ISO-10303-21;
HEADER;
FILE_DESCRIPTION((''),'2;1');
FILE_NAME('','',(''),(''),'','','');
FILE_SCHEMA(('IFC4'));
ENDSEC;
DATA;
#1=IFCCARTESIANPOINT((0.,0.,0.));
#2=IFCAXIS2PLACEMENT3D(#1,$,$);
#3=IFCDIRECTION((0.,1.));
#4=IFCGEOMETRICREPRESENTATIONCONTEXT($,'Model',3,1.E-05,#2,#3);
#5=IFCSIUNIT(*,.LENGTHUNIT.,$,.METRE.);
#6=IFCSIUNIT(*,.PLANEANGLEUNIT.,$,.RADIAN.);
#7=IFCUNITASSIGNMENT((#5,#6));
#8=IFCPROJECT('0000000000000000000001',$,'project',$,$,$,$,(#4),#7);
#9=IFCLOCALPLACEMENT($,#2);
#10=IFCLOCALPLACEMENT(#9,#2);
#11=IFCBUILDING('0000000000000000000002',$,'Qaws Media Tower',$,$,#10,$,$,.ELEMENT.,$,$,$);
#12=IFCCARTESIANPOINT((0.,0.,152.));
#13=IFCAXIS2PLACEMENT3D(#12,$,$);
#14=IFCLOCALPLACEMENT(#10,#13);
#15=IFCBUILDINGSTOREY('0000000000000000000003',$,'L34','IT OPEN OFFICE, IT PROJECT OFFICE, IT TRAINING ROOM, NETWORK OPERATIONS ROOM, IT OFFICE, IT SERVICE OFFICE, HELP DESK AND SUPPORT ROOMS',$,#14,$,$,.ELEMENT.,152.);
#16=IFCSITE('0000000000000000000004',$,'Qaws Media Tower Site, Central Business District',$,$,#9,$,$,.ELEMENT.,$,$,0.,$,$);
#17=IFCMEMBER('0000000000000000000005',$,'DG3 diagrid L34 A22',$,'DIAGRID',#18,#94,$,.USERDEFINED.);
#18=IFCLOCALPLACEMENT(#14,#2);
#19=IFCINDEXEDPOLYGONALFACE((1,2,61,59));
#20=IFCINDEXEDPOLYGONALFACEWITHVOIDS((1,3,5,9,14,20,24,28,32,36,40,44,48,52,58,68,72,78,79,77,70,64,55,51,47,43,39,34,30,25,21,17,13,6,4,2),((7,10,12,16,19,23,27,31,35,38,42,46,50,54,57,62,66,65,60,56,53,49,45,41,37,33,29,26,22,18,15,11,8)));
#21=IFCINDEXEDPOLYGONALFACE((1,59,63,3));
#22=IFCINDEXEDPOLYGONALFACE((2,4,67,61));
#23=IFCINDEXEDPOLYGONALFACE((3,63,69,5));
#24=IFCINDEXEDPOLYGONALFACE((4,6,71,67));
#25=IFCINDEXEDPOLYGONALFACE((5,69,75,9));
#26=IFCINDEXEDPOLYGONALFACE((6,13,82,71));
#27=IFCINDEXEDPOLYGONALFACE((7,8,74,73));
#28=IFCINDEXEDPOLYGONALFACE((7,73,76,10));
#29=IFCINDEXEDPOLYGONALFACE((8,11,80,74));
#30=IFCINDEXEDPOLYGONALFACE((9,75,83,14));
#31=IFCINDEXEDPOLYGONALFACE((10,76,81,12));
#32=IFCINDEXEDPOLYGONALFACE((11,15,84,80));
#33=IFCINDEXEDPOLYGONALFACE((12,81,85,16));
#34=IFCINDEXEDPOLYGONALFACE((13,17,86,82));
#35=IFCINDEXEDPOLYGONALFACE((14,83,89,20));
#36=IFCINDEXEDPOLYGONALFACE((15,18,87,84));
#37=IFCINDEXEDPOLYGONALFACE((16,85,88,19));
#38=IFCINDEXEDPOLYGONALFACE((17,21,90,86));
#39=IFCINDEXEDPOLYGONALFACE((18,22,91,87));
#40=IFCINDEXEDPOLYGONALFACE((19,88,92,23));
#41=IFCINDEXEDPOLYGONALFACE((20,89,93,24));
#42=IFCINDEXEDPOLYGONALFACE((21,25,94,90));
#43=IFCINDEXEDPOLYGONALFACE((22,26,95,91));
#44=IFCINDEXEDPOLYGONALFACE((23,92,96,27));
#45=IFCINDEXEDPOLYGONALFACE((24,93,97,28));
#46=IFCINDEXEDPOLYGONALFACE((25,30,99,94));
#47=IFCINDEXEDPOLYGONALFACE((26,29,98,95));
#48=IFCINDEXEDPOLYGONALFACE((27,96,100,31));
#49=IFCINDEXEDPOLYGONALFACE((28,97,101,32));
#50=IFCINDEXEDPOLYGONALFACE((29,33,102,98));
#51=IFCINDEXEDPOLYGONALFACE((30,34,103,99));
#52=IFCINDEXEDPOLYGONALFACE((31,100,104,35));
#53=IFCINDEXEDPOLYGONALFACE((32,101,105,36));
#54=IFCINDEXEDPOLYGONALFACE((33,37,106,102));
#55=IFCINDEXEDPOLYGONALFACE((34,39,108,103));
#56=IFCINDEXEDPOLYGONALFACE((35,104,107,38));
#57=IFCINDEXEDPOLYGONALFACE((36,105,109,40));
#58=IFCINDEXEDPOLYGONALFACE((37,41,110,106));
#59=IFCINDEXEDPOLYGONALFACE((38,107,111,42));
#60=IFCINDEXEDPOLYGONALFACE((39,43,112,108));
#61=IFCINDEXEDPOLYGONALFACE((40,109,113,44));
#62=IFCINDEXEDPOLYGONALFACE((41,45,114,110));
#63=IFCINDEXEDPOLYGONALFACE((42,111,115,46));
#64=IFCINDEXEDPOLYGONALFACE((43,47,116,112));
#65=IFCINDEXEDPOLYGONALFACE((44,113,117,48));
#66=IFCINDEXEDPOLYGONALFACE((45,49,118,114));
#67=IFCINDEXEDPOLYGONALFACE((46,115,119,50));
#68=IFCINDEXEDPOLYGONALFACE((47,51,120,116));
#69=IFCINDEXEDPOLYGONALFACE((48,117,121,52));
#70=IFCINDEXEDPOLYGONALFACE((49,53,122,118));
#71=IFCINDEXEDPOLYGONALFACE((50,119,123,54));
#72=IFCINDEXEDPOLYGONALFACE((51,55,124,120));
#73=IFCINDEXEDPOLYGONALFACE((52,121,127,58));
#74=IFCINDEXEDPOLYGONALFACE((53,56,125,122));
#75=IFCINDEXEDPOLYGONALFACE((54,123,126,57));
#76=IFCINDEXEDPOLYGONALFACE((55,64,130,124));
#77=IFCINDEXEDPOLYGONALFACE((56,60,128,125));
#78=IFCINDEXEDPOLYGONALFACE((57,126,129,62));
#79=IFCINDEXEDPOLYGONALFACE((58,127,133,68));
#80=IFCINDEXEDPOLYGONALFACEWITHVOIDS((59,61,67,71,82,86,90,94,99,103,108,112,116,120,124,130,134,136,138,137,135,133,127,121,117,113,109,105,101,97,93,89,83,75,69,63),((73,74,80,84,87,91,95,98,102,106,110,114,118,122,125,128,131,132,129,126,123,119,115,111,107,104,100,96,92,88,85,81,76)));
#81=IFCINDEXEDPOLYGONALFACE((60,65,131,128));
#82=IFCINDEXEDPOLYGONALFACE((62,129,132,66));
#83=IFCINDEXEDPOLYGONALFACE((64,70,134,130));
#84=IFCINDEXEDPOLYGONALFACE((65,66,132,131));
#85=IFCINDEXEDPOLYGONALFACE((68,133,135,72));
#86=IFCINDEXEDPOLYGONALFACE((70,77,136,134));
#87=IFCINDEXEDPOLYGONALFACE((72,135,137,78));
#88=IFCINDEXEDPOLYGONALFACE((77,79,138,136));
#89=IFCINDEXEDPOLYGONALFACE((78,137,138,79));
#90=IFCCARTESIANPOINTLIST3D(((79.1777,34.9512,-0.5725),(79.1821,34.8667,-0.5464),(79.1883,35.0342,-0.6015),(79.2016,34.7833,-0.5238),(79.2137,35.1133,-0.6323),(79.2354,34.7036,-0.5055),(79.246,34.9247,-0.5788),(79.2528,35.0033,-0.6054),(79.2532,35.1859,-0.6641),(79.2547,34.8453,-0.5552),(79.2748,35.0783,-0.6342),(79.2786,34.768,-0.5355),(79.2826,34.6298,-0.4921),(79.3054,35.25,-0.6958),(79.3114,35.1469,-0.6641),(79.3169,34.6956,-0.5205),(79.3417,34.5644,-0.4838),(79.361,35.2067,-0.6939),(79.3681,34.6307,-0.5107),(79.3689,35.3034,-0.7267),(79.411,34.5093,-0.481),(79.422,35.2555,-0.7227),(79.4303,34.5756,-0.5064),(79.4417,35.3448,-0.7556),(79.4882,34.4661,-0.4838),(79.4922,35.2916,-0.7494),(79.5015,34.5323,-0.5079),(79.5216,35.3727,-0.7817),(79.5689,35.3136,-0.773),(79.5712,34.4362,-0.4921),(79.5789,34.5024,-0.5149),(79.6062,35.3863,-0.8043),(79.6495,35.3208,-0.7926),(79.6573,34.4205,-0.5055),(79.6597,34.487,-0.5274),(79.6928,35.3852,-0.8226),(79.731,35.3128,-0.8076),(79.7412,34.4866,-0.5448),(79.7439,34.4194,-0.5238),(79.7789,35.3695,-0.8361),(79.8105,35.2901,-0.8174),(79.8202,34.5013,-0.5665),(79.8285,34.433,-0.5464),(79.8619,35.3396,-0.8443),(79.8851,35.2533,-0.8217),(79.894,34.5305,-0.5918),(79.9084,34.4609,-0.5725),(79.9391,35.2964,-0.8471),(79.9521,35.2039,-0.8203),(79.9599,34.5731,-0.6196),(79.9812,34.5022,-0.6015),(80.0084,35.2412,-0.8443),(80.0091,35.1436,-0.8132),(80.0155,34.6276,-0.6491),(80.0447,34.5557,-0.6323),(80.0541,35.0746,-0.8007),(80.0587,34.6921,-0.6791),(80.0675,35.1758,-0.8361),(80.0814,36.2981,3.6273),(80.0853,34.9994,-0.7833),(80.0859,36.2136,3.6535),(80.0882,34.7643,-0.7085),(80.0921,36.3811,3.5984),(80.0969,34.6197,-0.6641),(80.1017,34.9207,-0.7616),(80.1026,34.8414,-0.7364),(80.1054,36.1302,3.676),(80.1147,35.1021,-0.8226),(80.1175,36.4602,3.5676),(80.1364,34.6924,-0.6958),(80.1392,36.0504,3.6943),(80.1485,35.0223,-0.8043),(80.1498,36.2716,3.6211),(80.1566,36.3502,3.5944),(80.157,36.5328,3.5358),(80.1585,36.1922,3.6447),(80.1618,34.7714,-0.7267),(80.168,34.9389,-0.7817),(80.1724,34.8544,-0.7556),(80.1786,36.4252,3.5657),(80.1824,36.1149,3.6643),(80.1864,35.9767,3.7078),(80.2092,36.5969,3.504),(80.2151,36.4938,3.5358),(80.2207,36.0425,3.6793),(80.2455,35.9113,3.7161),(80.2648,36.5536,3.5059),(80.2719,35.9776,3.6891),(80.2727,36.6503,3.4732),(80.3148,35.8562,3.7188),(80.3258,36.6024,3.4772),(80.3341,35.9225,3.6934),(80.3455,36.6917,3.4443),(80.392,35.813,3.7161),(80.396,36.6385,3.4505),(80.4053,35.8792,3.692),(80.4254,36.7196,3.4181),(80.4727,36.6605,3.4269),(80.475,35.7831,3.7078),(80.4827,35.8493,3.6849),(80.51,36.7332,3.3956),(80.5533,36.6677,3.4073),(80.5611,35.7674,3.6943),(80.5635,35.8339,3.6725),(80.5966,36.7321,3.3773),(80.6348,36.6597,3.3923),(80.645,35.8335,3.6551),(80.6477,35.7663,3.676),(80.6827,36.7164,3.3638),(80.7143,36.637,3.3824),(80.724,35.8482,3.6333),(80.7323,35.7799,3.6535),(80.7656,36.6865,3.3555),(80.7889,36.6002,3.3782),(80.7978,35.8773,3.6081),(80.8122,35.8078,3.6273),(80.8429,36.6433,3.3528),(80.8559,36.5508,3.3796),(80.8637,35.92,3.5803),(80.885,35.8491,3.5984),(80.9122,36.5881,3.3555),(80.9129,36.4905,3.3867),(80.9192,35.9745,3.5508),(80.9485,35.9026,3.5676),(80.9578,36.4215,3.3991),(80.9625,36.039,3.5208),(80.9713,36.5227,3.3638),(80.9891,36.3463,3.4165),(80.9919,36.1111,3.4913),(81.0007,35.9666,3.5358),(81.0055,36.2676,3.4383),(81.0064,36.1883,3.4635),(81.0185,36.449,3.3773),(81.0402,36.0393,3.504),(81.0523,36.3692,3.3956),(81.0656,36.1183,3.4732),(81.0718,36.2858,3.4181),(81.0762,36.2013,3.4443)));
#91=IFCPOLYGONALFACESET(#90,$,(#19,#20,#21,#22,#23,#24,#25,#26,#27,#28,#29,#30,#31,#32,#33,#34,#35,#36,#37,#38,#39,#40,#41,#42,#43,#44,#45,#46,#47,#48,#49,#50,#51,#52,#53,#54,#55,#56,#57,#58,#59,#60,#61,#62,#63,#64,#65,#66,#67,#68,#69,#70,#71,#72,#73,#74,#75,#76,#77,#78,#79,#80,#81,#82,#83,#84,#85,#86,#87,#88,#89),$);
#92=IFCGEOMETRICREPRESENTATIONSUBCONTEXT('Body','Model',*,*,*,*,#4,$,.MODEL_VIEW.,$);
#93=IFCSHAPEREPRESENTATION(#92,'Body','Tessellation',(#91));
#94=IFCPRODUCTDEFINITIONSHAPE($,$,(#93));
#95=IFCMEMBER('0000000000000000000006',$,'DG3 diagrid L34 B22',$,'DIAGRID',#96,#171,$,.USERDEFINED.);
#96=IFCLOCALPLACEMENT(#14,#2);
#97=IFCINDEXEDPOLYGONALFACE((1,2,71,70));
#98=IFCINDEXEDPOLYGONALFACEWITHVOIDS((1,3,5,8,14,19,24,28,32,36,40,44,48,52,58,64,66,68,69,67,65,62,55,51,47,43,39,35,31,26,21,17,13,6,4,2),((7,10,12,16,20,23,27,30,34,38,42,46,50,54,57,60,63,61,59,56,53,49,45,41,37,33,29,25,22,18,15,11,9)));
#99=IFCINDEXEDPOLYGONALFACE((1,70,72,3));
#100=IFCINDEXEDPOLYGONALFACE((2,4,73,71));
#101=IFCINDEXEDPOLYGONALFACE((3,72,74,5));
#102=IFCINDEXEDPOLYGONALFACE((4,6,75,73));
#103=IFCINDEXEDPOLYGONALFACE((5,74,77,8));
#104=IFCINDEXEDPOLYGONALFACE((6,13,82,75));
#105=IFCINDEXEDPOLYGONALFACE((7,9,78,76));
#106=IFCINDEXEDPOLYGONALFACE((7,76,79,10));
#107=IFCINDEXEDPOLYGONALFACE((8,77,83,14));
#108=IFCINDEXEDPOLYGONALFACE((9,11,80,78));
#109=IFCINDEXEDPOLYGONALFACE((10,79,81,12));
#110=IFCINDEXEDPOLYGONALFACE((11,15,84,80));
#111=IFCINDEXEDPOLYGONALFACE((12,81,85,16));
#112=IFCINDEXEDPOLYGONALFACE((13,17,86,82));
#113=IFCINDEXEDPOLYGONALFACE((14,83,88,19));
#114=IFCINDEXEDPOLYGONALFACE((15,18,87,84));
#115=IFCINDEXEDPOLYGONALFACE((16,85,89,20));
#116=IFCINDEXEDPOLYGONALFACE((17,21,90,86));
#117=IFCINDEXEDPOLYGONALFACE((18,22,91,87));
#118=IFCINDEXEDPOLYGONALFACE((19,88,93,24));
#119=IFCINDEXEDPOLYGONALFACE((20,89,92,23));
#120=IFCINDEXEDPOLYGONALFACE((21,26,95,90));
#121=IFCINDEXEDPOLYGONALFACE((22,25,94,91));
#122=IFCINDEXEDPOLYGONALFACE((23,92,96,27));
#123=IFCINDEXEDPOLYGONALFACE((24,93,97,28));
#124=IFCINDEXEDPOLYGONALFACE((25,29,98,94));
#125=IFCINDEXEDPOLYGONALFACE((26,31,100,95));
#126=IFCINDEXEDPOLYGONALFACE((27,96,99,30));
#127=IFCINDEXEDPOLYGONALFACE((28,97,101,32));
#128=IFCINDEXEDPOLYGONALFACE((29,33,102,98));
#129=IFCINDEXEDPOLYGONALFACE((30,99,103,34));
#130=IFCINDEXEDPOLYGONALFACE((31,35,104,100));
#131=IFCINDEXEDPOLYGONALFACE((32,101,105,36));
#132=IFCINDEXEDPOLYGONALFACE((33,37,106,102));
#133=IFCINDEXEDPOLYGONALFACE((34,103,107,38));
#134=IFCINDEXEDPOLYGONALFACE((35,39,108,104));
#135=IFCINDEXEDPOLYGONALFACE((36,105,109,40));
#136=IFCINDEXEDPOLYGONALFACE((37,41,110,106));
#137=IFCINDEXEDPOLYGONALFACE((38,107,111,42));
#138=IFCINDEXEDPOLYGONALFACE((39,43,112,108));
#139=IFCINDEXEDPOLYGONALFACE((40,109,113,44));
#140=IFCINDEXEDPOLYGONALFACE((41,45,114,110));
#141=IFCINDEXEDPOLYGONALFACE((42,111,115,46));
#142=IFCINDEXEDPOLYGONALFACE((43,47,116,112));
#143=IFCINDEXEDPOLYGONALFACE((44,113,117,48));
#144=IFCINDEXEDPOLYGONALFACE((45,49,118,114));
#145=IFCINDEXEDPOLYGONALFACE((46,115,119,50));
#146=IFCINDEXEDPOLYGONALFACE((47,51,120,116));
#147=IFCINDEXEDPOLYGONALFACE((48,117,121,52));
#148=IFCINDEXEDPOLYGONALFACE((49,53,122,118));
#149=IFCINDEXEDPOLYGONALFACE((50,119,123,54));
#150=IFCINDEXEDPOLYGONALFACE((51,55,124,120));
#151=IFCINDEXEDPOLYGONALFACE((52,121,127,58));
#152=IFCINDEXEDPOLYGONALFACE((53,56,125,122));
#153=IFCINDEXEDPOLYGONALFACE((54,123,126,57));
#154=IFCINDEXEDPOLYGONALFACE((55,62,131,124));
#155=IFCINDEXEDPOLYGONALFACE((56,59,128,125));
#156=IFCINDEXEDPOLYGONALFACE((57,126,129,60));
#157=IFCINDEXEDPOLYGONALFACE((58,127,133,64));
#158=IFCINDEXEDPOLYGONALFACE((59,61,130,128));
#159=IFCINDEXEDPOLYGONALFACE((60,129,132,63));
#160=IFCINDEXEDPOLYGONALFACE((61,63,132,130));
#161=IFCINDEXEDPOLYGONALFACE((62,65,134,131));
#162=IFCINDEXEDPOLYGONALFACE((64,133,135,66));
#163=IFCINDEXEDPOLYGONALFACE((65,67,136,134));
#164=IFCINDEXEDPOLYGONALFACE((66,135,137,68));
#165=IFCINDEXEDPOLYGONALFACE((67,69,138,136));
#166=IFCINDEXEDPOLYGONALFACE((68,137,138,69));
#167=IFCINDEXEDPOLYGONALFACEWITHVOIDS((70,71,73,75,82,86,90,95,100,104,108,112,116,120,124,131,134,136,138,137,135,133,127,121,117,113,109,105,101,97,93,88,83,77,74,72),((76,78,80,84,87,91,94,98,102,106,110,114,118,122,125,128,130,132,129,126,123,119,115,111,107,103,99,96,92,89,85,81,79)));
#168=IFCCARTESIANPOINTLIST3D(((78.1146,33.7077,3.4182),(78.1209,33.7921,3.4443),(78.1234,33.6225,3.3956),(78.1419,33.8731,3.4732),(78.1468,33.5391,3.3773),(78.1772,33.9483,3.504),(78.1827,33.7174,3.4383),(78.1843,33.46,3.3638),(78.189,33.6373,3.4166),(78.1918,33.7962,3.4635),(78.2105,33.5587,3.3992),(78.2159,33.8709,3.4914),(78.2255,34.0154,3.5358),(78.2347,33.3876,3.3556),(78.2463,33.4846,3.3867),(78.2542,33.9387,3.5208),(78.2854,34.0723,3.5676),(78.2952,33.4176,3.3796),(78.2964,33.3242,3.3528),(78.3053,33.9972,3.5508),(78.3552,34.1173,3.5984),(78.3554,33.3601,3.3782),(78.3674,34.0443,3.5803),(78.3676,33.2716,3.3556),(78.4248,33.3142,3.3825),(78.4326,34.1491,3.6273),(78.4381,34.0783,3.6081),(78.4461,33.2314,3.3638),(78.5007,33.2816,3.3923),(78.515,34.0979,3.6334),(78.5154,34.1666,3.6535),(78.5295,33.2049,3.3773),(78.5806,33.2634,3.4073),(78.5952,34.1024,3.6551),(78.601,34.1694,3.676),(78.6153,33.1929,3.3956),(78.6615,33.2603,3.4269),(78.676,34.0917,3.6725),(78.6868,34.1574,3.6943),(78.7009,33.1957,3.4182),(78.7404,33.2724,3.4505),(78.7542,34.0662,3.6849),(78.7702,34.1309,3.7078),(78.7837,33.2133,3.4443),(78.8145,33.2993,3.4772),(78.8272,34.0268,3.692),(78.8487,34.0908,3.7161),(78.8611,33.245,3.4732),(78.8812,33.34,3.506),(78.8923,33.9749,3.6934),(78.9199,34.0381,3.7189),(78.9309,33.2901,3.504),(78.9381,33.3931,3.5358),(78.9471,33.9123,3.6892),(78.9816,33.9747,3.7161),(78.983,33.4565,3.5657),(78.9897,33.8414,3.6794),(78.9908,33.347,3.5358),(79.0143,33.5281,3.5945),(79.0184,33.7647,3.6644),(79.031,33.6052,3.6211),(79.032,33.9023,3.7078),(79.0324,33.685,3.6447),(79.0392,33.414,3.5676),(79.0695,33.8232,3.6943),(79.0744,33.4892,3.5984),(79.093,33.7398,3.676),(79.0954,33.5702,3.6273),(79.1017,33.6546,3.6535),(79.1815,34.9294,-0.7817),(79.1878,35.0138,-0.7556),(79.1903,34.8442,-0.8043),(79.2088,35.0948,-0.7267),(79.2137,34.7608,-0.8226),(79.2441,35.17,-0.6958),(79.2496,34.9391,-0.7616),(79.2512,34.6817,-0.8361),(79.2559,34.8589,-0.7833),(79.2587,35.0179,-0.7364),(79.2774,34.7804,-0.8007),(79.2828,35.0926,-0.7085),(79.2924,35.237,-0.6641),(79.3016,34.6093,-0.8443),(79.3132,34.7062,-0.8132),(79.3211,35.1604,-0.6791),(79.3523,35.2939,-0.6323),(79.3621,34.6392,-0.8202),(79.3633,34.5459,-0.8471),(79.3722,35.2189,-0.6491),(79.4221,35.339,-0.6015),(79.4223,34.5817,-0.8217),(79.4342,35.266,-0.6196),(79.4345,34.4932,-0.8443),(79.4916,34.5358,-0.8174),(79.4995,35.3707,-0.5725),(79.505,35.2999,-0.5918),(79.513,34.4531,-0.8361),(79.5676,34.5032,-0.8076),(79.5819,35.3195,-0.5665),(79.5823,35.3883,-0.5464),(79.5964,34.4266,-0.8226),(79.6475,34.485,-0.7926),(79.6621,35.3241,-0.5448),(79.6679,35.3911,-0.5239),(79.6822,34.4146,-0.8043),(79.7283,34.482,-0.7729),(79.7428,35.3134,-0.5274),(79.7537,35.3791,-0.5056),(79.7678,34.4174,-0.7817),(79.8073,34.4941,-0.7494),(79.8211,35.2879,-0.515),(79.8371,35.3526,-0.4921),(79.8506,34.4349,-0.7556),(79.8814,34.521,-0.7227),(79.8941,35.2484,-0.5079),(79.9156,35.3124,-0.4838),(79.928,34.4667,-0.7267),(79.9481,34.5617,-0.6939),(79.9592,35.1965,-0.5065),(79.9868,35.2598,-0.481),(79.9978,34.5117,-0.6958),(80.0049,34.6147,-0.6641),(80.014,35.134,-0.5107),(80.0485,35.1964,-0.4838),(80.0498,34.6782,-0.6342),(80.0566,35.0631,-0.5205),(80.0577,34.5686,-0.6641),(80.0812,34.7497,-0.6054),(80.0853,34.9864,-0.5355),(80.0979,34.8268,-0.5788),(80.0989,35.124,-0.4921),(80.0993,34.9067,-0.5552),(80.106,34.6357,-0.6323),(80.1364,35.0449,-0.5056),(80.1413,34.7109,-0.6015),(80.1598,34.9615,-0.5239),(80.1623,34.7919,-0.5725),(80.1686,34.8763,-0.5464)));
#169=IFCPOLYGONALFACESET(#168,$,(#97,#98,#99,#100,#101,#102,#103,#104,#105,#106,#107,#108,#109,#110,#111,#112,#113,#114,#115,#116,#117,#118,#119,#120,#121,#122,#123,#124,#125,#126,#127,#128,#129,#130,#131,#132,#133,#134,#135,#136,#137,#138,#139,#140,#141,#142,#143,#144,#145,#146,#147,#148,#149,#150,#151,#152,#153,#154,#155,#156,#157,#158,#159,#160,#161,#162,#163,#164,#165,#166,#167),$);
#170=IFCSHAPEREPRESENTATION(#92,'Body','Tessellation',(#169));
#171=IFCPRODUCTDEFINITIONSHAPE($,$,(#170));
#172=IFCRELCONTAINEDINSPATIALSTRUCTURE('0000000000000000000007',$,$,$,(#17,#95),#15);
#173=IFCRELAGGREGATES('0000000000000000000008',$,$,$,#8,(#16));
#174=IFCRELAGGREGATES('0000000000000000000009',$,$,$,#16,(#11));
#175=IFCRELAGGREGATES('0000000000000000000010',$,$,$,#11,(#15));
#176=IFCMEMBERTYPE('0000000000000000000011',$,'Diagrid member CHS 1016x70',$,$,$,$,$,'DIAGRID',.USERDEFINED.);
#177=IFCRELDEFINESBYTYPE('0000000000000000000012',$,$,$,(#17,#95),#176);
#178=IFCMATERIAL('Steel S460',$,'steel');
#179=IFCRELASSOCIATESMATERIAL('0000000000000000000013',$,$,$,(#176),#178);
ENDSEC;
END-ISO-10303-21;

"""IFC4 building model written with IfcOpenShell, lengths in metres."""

from ifc_helpers import new_model, si_unit, direction, frame, origin, origin_2d, place, context, subcontext, project, spatial, hollow_circle, extrude, material, material_profile, profile_set, type_object, element, save


model = new_model("IFC4")

# Units and contexts
model_context = context("Model", 3, precision=1e-05, world=origin(), true_north=direction((0.0, 1.0)))
body_context = subcontext(model_context, "Body", "Model", "MODEL_VIEW")
ifc_project = project(units=[si_unit("LENGTHUNIT", "METRE"), si_unit("PLANEANGLEUNIT", "RADIAN")], contexts=[model_context])

# Site, building, storey
site_placement = place(None, origin())
site = spatial("IfcSite", under=ifc_project, at=site_placement, Name="Qaws Media Tower Site, Central Business District", CompositionType="ELEMENT", RefElevation=0.0)
building_placement = place(site_placement, origin())
building = spatial("IfcBuilding", under=site, at=building_placement, Name="Qaws Media Tower", CompositionType="ELEMENT")
storey_placement = place(building_placement, frame((0.0, 0.0, 152.0)))
storey = spatial("IfcBuildingStorey", under=building, at=storey_placement, Name="L34", Description="IT OPEN OFFICE, IT PROJECT OFFICE, IT TRAINING ROOM, NETWORK OPERATIONS ROOM, IT OFFICE, IT SERVICE OFFICE, HELP DESK AND SUPPORT ROOMS", CompositionType="ELEMENT", Elevation=152.0)

# Members
ifc_material_1 = material(Name="Steel S460", Category="steel")
ifc_material_profile_1 = material_profile(ifc_material_1, hollow_circle(Radius=0.5081, WallThickness=0.0701, at=origin_2d()), Name="CHS 1016x70")
ifc_profile_set_1 = profile_set([ifc_material_profile_1], Name="Steel S460")
member_type_1 = type_object("IfcMemberType", Name="Diagrid member CHS 1016x70", ElementType="DIAGRID", PredefinedType="USERDEFINED", material=ifc_profile_set_1)
for number, where, z_axis, x_axis, name in (
    (1, (79.675, 34.9028, -0.6641), (0.200744, 0.299164, 0.932847), (-0.830379, 0.557199, 0.0), "DG3 diagrid L34 A22"),
    (2, (79.675, 34.9028, -0.6641), (-0.236969, -0.271348, 0.932854), (0.75321, -0.65778, 0.0), "DG3 diagrid L34 B22"),
):
    element("IfcMember", number, at=place(storey_placement, frame(where, z_axis=z_axis, x_axis=x_axis)), inside=storey, type_object=member_type_1, Name=name, ObjectType="DIAGRID", PredefinedType="USERDEFINED", context=body_context, shape_type="SweptSolid", body=[
        extrude(hollow_circle(Radius=0.5081, WallThickness=0.0701, at=origin_2d()), origin(), (0.0, 0.0, 1.0), 4.5022),
    ])

save(model, "model.ifc")
